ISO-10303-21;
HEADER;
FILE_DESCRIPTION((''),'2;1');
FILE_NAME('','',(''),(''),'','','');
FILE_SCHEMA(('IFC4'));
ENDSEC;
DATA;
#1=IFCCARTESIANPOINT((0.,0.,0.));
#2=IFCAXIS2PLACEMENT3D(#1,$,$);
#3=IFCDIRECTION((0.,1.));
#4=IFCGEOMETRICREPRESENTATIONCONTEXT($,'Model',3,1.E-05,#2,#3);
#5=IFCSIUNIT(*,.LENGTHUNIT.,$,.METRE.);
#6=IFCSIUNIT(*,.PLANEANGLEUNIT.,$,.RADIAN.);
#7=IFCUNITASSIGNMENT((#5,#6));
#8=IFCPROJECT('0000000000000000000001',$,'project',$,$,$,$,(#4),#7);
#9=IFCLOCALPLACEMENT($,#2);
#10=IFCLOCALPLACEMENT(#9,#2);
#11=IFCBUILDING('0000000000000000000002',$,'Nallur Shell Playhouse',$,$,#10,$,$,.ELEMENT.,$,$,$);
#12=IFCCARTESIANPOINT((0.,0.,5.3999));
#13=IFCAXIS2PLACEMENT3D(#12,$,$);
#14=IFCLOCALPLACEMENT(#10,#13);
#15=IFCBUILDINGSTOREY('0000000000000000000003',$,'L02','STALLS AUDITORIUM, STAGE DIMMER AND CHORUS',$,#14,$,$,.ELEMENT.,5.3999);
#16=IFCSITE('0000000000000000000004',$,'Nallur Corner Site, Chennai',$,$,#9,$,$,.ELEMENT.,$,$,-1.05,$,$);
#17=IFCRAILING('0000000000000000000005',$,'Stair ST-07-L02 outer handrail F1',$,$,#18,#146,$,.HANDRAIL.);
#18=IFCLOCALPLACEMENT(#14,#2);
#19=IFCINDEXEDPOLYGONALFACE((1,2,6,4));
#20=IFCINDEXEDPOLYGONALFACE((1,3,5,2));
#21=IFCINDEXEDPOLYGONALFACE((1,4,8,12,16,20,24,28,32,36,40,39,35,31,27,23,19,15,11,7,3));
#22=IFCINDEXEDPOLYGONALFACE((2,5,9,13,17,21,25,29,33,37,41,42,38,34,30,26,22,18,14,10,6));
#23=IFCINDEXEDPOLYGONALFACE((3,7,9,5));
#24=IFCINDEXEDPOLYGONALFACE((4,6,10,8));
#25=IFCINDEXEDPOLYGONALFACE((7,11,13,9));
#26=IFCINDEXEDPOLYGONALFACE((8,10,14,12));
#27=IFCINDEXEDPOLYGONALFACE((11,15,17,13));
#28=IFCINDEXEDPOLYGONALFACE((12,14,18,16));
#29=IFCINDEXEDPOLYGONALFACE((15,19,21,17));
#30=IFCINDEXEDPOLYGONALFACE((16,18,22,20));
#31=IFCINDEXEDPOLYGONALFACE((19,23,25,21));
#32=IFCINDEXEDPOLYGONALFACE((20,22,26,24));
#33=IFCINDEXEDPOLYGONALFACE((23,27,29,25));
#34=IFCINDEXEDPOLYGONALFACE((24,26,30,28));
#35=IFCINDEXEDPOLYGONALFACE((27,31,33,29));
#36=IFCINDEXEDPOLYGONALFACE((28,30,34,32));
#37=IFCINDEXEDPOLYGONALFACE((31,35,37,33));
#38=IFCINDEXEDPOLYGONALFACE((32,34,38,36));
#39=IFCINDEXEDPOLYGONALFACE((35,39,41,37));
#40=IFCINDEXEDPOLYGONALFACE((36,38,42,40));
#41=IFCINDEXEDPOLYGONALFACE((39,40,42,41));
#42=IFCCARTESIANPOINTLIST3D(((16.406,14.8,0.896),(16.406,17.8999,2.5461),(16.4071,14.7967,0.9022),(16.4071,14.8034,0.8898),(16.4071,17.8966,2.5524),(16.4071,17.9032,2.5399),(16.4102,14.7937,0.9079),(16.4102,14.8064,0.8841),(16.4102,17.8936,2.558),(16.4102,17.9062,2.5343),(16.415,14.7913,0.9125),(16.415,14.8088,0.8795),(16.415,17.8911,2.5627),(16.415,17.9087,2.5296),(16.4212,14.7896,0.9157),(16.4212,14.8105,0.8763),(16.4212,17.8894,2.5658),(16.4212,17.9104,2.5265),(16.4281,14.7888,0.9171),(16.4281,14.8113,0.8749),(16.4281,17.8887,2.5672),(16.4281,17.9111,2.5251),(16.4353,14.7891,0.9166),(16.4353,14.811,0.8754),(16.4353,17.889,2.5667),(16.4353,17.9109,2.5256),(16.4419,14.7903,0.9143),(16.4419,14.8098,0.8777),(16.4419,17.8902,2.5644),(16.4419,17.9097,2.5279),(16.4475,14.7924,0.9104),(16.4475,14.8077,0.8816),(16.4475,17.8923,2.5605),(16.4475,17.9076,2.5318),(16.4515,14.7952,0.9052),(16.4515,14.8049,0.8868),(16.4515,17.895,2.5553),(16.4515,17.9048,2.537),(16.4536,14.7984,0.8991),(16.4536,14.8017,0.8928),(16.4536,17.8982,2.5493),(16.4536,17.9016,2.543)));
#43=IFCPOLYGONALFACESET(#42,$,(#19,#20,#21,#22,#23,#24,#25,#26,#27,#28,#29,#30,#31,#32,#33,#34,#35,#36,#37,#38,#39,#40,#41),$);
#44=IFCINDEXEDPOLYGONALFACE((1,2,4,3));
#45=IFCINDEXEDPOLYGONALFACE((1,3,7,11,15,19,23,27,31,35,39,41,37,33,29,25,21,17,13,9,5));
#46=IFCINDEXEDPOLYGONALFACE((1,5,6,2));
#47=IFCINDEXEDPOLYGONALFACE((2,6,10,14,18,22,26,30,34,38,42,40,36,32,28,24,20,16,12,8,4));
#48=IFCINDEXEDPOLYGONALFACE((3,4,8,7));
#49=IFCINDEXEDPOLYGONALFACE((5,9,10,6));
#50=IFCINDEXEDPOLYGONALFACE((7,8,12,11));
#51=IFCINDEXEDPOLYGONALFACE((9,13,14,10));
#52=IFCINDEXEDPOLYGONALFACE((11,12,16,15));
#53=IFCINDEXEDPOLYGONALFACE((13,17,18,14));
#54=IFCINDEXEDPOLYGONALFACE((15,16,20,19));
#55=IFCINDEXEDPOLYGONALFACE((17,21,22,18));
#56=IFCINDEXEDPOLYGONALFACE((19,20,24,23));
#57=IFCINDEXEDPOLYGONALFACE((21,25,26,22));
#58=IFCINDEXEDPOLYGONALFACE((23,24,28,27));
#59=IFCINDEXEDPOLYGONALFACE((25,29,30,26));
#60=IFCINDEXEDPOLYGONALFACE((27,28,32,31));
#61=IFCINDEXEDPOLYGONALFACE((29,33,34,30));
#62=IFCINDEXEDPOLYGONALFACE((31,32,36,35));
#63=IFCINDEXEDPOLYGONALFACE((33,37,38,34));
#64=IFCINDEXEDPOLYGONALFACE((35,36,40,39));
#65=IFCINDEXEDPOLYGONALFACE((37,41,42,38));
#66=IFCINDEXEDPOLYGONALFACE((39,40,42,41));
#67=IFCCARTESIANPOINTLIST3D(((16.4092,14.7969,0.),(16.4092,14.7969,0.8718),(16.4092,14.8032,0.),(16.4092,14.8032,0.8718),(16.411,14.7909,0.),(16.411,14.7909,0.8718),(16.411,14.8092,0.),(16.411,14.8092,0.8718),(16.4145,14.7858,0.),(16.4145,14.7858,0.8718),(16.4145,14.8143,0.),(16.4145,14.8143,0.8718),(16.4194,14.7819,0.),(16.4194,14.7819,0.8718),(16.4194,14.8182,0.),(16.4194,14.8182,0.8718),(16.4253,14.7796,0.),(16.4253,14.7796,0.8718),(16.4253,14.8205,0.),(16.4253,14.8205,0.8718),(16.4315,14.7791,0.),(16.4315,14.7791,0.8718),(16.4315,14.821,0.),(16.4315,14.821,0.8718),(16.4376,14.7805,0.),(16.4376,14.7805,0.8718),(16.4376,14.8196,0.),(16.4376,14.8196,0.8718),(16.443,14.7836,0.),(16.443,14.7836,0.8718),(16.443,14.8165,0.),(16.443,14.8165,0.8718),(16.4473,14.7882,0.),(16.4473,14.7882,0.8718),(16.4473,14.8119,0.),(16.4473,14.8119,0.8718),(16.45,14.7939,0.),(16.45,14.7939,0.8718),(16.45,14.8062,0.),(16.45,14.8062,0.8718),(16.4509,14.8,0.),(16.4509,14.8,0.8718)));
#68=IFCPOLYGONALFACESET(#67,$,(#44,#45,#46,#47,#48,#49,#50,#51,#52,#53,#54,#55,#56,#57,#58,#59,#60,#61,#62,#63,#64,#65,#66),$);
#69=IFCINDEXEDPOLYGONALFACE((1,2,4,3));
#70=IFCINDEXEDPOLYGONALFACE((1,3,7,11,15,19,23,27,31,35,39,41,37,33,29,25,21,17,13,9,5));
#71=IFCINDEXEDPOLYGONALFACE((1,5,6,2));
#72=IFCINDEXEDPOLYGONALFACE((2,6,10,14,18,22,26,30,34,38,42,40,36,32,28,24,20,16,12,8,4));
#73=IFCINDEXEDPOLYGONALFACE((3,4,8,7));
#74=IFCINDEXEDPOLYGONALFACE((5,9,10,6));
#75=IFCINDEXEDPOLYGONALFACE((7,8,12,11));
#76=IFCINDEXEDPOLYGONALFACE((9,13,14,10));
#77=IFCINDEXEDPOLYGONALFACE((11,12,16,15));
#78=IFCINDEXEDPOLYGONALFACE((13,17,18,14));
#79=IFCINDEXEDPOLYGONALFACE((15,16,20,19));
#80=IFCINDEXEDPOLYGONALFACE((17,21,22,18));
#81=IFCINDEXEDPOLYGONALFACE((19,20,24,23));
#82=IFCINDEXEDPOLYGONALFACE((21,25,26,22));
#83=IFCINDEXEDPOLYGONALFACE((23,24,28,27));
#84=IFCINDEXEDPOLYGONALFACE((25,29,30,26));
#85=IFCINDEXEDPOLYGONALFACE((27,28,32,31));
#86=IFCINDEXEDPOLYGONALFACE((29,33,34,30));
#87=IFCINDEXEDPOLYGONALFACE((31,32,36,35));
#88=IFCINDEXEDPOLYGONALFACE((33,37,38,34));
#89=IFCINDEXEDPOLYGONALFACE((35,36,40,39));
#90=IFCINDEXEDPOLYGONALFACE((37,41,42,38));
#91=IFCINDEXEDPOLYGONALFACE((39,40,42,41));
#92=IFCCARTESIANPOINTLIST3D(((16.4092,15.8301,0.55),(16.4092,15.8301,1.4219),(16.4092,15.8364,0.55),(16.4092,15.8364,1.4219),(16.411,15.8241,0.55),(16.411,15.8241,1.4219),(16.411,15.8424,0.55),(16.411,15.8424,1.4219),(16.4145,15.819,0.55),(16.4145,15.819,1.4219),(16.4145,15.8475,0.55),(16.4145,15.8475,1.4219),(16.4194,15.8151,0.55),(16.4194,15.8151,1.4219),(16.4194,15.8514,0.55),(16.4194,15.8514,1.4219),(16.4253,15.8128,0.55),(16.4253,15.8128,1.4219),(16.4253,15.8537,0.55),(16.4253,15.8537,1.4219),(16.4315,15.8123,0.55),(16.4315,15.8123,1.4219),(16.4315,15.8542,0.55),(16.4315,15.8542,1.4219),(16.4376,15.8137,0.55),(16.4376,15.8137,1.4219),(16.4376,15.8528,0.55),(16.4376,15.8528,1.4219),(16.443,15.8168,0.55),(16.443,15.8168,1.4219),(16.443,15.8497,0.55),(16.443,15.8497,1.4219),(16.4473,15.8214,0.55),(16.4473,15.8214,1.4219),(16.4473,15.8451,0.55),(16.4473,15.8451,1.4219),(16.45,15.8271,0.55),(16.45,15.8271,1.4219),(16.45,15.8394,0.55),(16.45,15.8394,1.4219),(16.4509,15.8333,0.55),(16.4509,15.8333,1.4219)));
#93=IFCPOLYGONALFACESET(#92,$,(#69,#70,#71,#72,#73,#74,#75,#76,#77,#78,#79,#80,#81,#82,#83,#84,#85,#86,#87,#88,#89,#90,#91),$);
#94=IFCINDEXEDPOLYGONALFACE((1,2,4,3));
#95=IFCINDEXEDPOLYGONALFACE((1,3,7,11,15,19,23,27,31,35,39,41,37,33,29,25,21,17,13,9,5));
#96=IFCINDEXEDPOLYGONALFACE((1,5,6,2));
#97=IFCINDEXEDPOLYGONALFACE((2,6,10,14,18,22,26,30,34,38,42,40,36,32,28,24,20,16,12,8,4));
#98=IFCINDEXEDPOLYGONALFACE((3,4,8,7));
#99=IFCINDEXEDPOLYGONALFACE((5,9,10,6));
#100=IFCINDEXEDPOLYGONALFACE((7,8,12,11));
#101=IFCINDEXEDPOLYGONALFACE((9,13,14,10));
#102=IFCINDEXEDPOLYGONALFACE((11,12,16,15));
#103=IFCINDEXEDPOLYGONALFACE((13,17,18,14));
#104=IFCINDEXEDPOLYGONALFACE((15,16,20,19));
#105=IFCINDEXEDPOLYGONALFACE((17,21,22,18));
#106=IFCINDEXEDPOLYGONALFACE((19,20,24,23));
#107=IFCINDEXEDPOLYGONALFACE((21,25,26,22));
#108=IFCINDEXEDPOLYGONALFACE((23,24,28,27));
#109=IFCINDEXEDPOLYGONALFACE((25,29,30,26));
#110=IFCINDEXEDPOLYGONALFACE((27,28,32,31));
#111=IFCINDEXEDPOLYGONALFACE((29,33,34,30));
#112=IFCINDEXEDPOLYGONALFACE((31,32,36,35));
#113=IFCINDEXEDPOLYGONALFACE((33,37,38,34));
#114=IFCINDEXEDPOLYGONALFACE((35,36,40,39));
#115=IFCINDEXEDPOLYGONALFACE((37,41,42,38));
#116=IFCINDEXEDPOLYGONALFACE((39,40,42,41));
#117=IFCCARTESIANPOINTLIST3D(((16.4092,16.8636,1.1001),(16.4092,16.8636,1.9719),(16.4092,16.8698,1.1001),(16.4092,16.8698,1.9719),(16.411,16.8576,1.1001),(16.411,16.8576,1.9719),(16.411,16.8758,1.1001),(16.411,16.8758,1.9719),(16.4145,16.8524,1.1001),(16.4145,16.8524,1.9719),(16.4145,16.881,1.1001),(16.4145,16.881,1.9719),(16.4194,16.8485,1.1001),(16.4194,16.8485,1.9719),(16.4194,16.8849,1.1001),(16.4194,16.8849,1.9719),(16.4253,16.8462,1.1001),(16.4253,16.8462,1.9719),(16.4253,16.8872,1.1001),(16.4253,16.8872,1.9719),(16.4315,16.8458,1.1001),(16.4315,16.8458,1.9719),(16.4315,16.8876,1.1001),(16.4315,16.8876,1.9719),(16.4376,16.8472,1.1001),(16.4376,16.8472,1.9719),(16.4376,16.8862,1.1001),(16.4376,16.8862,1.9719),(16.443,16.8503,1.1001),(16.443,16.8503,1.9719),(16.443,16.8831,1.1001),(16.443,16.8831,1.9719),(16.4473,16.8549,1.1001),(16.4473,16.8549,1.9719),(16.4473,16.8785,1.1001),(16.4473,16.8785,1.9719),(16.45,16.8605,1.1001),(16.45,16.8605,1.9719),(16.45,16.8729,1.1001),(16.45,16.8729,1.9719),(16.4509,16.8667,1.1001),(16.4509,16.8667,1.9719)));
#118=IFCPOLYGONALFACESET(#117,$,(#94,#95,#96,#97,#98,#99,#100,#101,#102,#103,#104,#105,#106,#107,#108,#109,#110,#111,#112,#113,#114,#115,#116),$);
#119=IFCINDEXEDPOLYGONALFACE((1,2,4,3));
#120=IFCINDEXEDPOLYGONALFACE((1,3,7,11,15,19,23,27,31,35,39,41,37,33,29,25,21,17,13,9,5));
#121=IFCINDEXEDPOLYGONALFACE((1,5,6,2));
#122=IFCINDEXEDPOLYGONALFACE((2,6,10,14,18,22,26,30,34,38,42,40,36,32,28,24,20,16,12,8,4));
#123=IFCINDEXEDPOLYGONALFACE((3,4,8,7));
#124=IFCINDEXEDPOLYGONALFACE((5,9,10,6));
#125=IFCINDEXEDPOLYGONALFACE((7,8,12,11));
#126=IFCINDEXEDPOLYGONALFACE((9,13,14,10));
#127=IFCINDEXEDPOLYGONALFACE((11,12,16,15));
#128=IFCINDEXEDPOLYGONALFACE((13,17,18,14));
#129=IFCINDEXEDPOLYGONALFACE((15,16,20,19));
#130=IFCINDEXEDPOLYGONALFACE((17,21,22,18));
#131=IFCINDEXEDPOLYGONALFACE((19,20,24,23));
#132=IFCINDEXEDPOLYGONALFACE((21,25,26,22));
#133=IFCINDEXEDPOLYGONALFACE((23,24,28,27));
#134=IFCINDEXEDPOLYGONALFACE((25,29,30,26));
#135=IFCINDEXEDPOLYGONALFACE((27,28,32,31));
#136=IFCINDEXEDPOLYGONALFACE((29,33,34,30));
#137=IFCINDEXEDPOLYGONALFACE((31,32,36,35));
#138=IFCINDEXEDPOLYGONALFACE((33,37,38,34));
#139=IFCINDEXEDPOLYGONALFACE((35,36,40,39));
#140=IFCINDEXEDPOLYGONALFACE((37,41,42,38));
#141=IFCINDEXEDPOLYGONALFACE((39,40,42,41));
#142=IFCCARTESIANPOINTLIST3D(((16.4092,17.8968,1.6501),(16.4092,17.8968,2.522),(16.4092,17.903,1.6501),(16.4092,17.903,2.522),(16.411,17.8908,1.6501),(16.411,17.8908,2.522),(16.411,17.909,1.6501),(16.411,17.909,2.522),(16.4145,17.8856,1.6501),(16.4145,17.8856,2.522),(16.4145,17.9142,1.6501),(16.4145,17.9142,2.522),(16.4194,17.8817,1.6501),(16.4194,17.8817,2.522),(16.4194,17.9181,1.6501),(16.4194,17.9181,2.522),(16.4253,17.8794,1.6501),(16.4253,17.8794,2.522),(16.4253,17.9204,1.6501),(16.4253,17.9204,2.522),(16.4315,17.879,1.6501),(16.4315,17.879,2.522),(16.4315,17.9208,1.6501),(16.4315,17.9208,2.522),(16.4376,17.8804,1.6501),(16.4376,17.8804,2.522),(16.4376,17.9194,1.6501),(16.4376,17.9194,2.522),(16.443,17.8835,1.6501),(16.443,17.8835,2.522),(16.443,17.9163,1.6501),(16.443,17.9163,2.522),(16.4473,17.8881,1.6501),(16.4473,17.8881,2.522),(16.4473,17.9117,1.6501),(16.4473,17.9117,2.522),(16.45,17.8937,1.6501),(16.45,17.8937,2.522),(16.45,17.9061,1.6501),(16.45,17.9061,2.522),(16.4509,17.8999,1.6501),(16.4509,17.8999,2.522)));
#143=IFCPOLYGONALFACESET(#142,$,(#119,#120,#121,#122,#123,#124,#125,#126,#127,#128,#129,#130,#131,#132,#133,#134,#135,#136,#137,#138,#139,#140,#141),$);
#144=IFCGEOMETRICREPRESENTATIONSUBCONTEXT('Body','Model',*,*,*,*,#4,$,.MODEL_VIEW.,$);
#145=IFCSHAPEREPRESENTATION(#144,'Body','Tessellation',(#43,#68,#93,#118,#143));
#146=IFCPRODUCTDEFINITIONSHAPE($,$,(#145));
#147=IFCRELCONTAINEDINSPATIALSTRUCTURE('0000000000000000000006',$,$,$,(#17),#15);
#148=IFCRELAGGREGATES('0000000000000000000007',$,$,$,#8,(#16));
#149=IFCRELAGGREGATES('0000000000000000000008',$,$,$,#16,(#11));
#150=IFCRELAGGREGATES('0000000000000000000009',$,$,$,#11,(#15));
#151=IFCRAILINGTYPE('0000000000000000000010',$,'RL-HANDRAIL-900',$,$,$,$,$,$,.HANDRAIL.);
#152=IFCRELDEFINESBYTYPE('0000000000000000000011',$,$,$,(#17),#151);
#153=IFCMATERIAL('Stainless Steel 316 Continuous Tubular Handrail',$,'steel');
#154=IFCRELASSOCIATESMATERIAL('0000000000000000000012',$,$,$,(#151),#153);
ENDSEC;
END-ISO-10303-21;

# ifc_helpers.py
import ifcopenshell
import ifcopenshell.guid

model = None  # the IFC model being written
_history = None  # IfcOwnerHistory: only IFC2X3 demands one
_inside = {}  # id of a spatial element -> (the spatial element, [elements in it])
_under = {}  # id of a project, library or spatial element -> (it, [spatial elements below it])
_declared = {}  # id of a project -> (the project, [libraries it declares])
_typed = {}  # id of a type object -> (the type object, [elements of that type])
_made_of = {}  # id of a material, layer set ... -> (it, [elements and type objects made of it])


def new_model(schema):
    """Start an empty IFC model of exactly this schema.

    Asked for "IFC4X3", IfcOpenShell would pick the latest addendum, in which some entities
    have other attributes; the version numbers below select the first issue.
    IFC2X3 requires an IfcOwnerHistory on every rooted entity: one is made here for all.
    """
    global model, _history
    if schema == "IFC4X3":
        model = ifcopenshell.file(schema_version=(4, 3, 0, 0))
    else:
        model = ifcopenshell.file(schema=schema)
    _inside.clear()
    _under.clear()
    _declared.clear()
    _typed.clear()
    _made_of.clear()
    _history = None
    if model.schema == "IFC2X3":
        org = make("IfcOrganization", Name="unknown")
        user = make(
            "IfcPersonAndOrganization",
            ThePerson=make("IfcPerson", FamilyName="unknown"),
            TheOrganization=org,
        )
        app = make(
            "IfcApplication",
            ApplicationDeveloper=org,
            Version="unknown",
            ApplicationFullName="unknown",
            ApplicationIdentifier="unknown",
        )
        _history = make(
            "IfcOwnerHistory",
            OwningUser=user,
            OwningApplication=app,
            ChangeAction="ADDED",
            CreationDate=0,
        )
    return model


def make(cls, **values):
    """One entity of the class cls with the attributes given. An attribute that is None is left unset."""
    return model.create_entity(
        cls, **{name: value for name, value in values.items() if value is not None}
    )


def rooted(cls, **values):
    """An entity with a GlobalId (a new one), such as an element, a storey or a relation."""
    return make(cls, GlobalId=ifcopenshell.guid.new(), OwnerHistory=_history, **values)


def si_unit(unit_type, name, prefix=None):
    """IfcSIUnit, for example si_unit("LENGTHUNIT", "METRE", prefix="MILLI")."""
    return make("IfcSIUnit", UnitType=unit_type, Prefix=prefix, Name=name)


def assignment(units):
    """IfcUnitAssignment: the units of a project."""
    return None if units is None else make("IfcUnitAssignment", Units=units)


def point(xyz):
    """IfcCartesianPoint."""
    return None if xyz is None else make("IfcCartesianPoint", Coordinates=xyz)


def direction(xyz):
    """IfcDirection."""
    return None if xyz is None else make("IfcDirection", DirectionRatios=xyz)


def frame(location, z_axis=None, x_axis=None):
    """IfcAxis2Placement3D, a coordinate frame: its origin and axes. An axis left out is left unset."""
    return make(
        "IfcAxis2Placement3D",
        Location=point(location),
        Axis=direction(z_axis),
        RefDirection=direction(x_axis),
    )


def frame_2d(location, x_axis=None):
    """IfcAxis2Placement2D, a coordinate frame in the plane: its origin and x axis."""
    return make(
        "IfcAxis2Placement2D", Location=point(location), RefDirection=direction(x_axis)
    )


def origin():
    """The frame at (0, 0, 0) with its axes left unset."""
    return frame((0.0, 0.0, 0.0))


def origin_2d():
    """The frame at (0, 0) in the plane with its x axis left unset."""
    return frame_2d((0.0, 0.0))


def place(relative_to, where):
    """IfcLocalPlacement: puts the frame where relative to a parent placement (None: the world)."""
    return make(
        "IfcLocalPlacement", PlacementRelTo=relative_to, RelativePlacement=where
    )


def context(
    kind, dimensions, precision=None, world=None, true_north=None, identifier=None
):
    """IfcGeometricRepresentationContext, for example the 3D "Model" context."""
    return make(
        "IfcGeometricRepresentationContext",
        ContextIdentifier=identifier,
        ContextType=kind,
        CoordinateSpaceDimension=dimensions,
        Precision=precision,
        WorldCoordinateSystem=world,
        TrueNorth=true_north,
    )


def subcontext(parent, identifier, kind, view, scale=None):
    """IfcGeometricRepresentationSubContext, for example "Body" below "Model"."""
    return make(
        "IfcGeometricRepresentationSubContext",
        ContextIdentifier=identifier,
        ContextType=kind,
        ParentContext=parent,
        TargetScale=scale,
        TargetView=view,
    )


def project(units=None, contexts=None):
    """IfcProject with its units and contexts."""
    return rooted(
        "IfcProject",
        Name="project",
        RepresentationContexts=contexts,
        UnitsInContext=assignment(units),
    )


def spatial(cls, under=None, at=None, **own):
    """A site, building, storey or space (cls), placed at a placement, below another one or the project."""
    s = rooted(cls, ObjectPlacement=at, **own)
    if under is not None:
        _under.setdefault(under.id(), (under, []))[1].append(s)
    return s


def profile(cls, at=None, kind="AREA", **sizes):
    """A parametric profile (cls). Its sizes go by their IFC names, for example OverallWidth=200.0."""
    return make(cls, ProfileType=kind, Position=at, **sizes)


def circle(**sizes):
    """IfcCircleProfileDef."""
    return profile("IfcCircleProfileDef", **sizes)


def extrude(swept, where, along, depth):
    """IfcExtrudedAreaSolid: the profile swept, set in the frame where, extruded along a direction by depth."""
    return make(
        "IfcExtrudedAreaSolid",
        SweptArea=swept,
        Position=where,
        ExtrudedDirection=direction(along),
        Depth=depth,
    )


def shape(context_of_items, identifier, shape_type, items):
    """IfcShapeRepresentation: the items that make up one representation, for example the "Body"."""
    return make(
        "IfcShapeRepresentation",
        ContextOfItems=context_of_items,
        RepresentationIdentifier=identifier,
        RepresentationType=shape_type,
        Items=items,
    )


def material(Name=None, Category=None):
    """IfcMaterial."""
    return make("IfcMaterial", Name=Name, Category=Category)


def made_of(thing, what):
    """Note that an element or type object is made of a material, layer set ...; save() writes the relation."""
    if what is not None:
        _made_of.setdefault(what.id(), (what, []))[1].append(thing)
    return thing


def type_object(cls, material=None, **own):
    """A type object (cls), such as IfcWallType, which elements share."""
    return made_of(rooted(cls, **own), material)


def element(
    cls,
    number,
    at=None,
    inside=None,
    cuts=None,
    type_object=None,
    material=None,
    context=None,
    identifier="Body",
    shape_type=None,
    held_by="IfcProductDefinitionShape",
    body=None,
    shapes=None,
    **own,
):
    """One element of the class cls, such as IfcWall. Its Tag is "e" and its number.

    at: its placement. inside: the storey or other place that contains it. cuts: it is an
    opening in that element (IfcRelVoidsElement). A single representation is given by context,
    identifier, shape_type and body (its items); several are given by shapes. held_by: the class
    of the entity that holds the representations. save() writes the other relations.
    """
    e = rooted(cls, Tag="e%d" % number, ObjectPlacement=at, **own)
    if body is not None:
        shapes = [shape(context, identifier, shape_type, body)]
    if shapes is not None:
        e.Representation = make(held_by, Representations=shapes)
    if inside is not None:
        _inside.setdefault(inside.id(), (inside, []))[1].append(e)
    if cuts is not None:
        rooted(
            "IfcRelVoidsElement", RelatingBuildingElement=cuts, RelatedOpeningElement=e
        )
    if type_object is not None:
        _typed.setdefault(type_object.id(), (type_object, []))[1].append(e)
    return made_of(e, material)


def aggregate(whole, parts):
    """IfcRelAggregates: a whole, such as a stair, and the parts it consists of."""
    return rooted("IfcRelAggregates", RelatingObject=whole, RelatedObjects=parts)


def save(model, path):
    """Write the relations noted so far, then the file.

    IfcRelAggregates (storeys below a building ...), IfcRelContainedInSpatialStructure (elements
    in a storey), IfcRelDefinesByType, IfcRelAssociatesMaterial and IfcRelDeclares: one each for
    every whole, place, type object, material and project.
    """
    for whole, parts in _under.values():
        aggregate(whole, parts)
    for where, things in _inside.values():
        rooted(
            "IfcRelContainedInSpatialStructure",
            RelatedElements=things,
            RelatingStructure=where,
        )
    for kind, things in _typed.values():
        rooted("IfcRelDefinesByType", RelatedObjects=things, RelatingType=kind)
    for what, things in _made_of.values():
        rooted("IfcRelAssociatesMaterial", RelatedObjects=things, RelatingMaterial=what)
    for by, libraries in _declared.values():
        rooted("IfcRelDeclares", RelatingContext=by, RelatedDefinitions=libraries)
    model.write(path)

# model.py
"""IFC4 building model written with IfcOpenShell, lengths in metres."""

from ifc_helpers import new_model, si_unit, direction, frame, origin, origin_2d, place, context, subcontext, project, spatial, circle, extrude, material, type_object, element, save


model = new_model("IFC4")

# Units and contexts
model_context = context("Model", 3, precision=1e-05, world=origin(), true_north=direction((0.0, 1.0)))
body_context = subcontext(model_context, "Body", "Model", "MODEL_VIEW")
ifc_project = project(units=[si_unit("LENGTHUNIT", "METRE"), si_unit("PLANEANGLEUNIT", "RADIAN")], contexts=[model_context])

# Site, building, storey
site_placement = place(None, origin())
site = spatial("IfcSite", under=ifc_project, at=site_placement, Name="Nallur Corner Site, Chennai", CompositionType="ELEMENT", RefElevation=-1.05)
building_placement = place(site_placement, origin())
building = spatial("IfcBuilding", under=site, at=building_placement, Name="Nallur Shell Playhouse", CompositionType="ELEMENT")
storey_placement = place(building_placement, frame((0.0, 0.0, 5.3999)))
storey = spatial("IfcBuildingStorey", under=building, at=storey_placement, Name="L02", Description="STALLS AUDITORIUM, STAGE DIMMER AND CHORUS", CompositionType="ELEMENT", Elevation=5.3999)

# Railing
ifc_material_1 = material(Name="Stainless Steel 316 Continuous Tubular Handrail", Category="steel")
railing_type_1 = type_object("IfcRailingType", Name="RL-HANDRAIL-900", PredefinedType="HANDRAIL", material=ifc_material_1)
railing_1_placement = place(storey_placement, frame((16.4299, 14.8, 0.0)))
element("IfcRailing", 1, at=railing_1_placement, inside=storey, type_object=railing_type_1, Name="Stair ST-07-L02 outer handrail F1", PredefinedType="HANDRAIL", context=body_context, shape_type="SweptSolid", body=[
    extrude(circle(Radius=0.0239, at=origin_2d()), frame((0.0, 0.0, 0.896), z_axis=(0.0, 0.88272, 0.469899), x_axis=(-1.0, 0.0, 0.0)), (0.0, 0.0, 1.0), 3.5117),
    extrude(circle(Radius=0.021, at=origin_2d()), origin(), (0.0, 0.0, 1.0), 0.8718),
    extrude(circle(Radius=0.021, at=origin_2d()), frame((0.0, 1.0332, 0.55)), (0.0, 0.0, 1.0), 0.8718),
    extrude(circle(Radius=0.021, at=origin_2d()), frame((0.0, 2.0667, 1.1001)), (0.0, 0.0, 1.0), 0.8718),
    extrude(circle(Radius=0.021, at=origin_2d()), frame((0.0, 3.0999, 1.6501)), (0.0, 0.0, 1.0), 0.8718),
])

save(model, "model.ifc")
